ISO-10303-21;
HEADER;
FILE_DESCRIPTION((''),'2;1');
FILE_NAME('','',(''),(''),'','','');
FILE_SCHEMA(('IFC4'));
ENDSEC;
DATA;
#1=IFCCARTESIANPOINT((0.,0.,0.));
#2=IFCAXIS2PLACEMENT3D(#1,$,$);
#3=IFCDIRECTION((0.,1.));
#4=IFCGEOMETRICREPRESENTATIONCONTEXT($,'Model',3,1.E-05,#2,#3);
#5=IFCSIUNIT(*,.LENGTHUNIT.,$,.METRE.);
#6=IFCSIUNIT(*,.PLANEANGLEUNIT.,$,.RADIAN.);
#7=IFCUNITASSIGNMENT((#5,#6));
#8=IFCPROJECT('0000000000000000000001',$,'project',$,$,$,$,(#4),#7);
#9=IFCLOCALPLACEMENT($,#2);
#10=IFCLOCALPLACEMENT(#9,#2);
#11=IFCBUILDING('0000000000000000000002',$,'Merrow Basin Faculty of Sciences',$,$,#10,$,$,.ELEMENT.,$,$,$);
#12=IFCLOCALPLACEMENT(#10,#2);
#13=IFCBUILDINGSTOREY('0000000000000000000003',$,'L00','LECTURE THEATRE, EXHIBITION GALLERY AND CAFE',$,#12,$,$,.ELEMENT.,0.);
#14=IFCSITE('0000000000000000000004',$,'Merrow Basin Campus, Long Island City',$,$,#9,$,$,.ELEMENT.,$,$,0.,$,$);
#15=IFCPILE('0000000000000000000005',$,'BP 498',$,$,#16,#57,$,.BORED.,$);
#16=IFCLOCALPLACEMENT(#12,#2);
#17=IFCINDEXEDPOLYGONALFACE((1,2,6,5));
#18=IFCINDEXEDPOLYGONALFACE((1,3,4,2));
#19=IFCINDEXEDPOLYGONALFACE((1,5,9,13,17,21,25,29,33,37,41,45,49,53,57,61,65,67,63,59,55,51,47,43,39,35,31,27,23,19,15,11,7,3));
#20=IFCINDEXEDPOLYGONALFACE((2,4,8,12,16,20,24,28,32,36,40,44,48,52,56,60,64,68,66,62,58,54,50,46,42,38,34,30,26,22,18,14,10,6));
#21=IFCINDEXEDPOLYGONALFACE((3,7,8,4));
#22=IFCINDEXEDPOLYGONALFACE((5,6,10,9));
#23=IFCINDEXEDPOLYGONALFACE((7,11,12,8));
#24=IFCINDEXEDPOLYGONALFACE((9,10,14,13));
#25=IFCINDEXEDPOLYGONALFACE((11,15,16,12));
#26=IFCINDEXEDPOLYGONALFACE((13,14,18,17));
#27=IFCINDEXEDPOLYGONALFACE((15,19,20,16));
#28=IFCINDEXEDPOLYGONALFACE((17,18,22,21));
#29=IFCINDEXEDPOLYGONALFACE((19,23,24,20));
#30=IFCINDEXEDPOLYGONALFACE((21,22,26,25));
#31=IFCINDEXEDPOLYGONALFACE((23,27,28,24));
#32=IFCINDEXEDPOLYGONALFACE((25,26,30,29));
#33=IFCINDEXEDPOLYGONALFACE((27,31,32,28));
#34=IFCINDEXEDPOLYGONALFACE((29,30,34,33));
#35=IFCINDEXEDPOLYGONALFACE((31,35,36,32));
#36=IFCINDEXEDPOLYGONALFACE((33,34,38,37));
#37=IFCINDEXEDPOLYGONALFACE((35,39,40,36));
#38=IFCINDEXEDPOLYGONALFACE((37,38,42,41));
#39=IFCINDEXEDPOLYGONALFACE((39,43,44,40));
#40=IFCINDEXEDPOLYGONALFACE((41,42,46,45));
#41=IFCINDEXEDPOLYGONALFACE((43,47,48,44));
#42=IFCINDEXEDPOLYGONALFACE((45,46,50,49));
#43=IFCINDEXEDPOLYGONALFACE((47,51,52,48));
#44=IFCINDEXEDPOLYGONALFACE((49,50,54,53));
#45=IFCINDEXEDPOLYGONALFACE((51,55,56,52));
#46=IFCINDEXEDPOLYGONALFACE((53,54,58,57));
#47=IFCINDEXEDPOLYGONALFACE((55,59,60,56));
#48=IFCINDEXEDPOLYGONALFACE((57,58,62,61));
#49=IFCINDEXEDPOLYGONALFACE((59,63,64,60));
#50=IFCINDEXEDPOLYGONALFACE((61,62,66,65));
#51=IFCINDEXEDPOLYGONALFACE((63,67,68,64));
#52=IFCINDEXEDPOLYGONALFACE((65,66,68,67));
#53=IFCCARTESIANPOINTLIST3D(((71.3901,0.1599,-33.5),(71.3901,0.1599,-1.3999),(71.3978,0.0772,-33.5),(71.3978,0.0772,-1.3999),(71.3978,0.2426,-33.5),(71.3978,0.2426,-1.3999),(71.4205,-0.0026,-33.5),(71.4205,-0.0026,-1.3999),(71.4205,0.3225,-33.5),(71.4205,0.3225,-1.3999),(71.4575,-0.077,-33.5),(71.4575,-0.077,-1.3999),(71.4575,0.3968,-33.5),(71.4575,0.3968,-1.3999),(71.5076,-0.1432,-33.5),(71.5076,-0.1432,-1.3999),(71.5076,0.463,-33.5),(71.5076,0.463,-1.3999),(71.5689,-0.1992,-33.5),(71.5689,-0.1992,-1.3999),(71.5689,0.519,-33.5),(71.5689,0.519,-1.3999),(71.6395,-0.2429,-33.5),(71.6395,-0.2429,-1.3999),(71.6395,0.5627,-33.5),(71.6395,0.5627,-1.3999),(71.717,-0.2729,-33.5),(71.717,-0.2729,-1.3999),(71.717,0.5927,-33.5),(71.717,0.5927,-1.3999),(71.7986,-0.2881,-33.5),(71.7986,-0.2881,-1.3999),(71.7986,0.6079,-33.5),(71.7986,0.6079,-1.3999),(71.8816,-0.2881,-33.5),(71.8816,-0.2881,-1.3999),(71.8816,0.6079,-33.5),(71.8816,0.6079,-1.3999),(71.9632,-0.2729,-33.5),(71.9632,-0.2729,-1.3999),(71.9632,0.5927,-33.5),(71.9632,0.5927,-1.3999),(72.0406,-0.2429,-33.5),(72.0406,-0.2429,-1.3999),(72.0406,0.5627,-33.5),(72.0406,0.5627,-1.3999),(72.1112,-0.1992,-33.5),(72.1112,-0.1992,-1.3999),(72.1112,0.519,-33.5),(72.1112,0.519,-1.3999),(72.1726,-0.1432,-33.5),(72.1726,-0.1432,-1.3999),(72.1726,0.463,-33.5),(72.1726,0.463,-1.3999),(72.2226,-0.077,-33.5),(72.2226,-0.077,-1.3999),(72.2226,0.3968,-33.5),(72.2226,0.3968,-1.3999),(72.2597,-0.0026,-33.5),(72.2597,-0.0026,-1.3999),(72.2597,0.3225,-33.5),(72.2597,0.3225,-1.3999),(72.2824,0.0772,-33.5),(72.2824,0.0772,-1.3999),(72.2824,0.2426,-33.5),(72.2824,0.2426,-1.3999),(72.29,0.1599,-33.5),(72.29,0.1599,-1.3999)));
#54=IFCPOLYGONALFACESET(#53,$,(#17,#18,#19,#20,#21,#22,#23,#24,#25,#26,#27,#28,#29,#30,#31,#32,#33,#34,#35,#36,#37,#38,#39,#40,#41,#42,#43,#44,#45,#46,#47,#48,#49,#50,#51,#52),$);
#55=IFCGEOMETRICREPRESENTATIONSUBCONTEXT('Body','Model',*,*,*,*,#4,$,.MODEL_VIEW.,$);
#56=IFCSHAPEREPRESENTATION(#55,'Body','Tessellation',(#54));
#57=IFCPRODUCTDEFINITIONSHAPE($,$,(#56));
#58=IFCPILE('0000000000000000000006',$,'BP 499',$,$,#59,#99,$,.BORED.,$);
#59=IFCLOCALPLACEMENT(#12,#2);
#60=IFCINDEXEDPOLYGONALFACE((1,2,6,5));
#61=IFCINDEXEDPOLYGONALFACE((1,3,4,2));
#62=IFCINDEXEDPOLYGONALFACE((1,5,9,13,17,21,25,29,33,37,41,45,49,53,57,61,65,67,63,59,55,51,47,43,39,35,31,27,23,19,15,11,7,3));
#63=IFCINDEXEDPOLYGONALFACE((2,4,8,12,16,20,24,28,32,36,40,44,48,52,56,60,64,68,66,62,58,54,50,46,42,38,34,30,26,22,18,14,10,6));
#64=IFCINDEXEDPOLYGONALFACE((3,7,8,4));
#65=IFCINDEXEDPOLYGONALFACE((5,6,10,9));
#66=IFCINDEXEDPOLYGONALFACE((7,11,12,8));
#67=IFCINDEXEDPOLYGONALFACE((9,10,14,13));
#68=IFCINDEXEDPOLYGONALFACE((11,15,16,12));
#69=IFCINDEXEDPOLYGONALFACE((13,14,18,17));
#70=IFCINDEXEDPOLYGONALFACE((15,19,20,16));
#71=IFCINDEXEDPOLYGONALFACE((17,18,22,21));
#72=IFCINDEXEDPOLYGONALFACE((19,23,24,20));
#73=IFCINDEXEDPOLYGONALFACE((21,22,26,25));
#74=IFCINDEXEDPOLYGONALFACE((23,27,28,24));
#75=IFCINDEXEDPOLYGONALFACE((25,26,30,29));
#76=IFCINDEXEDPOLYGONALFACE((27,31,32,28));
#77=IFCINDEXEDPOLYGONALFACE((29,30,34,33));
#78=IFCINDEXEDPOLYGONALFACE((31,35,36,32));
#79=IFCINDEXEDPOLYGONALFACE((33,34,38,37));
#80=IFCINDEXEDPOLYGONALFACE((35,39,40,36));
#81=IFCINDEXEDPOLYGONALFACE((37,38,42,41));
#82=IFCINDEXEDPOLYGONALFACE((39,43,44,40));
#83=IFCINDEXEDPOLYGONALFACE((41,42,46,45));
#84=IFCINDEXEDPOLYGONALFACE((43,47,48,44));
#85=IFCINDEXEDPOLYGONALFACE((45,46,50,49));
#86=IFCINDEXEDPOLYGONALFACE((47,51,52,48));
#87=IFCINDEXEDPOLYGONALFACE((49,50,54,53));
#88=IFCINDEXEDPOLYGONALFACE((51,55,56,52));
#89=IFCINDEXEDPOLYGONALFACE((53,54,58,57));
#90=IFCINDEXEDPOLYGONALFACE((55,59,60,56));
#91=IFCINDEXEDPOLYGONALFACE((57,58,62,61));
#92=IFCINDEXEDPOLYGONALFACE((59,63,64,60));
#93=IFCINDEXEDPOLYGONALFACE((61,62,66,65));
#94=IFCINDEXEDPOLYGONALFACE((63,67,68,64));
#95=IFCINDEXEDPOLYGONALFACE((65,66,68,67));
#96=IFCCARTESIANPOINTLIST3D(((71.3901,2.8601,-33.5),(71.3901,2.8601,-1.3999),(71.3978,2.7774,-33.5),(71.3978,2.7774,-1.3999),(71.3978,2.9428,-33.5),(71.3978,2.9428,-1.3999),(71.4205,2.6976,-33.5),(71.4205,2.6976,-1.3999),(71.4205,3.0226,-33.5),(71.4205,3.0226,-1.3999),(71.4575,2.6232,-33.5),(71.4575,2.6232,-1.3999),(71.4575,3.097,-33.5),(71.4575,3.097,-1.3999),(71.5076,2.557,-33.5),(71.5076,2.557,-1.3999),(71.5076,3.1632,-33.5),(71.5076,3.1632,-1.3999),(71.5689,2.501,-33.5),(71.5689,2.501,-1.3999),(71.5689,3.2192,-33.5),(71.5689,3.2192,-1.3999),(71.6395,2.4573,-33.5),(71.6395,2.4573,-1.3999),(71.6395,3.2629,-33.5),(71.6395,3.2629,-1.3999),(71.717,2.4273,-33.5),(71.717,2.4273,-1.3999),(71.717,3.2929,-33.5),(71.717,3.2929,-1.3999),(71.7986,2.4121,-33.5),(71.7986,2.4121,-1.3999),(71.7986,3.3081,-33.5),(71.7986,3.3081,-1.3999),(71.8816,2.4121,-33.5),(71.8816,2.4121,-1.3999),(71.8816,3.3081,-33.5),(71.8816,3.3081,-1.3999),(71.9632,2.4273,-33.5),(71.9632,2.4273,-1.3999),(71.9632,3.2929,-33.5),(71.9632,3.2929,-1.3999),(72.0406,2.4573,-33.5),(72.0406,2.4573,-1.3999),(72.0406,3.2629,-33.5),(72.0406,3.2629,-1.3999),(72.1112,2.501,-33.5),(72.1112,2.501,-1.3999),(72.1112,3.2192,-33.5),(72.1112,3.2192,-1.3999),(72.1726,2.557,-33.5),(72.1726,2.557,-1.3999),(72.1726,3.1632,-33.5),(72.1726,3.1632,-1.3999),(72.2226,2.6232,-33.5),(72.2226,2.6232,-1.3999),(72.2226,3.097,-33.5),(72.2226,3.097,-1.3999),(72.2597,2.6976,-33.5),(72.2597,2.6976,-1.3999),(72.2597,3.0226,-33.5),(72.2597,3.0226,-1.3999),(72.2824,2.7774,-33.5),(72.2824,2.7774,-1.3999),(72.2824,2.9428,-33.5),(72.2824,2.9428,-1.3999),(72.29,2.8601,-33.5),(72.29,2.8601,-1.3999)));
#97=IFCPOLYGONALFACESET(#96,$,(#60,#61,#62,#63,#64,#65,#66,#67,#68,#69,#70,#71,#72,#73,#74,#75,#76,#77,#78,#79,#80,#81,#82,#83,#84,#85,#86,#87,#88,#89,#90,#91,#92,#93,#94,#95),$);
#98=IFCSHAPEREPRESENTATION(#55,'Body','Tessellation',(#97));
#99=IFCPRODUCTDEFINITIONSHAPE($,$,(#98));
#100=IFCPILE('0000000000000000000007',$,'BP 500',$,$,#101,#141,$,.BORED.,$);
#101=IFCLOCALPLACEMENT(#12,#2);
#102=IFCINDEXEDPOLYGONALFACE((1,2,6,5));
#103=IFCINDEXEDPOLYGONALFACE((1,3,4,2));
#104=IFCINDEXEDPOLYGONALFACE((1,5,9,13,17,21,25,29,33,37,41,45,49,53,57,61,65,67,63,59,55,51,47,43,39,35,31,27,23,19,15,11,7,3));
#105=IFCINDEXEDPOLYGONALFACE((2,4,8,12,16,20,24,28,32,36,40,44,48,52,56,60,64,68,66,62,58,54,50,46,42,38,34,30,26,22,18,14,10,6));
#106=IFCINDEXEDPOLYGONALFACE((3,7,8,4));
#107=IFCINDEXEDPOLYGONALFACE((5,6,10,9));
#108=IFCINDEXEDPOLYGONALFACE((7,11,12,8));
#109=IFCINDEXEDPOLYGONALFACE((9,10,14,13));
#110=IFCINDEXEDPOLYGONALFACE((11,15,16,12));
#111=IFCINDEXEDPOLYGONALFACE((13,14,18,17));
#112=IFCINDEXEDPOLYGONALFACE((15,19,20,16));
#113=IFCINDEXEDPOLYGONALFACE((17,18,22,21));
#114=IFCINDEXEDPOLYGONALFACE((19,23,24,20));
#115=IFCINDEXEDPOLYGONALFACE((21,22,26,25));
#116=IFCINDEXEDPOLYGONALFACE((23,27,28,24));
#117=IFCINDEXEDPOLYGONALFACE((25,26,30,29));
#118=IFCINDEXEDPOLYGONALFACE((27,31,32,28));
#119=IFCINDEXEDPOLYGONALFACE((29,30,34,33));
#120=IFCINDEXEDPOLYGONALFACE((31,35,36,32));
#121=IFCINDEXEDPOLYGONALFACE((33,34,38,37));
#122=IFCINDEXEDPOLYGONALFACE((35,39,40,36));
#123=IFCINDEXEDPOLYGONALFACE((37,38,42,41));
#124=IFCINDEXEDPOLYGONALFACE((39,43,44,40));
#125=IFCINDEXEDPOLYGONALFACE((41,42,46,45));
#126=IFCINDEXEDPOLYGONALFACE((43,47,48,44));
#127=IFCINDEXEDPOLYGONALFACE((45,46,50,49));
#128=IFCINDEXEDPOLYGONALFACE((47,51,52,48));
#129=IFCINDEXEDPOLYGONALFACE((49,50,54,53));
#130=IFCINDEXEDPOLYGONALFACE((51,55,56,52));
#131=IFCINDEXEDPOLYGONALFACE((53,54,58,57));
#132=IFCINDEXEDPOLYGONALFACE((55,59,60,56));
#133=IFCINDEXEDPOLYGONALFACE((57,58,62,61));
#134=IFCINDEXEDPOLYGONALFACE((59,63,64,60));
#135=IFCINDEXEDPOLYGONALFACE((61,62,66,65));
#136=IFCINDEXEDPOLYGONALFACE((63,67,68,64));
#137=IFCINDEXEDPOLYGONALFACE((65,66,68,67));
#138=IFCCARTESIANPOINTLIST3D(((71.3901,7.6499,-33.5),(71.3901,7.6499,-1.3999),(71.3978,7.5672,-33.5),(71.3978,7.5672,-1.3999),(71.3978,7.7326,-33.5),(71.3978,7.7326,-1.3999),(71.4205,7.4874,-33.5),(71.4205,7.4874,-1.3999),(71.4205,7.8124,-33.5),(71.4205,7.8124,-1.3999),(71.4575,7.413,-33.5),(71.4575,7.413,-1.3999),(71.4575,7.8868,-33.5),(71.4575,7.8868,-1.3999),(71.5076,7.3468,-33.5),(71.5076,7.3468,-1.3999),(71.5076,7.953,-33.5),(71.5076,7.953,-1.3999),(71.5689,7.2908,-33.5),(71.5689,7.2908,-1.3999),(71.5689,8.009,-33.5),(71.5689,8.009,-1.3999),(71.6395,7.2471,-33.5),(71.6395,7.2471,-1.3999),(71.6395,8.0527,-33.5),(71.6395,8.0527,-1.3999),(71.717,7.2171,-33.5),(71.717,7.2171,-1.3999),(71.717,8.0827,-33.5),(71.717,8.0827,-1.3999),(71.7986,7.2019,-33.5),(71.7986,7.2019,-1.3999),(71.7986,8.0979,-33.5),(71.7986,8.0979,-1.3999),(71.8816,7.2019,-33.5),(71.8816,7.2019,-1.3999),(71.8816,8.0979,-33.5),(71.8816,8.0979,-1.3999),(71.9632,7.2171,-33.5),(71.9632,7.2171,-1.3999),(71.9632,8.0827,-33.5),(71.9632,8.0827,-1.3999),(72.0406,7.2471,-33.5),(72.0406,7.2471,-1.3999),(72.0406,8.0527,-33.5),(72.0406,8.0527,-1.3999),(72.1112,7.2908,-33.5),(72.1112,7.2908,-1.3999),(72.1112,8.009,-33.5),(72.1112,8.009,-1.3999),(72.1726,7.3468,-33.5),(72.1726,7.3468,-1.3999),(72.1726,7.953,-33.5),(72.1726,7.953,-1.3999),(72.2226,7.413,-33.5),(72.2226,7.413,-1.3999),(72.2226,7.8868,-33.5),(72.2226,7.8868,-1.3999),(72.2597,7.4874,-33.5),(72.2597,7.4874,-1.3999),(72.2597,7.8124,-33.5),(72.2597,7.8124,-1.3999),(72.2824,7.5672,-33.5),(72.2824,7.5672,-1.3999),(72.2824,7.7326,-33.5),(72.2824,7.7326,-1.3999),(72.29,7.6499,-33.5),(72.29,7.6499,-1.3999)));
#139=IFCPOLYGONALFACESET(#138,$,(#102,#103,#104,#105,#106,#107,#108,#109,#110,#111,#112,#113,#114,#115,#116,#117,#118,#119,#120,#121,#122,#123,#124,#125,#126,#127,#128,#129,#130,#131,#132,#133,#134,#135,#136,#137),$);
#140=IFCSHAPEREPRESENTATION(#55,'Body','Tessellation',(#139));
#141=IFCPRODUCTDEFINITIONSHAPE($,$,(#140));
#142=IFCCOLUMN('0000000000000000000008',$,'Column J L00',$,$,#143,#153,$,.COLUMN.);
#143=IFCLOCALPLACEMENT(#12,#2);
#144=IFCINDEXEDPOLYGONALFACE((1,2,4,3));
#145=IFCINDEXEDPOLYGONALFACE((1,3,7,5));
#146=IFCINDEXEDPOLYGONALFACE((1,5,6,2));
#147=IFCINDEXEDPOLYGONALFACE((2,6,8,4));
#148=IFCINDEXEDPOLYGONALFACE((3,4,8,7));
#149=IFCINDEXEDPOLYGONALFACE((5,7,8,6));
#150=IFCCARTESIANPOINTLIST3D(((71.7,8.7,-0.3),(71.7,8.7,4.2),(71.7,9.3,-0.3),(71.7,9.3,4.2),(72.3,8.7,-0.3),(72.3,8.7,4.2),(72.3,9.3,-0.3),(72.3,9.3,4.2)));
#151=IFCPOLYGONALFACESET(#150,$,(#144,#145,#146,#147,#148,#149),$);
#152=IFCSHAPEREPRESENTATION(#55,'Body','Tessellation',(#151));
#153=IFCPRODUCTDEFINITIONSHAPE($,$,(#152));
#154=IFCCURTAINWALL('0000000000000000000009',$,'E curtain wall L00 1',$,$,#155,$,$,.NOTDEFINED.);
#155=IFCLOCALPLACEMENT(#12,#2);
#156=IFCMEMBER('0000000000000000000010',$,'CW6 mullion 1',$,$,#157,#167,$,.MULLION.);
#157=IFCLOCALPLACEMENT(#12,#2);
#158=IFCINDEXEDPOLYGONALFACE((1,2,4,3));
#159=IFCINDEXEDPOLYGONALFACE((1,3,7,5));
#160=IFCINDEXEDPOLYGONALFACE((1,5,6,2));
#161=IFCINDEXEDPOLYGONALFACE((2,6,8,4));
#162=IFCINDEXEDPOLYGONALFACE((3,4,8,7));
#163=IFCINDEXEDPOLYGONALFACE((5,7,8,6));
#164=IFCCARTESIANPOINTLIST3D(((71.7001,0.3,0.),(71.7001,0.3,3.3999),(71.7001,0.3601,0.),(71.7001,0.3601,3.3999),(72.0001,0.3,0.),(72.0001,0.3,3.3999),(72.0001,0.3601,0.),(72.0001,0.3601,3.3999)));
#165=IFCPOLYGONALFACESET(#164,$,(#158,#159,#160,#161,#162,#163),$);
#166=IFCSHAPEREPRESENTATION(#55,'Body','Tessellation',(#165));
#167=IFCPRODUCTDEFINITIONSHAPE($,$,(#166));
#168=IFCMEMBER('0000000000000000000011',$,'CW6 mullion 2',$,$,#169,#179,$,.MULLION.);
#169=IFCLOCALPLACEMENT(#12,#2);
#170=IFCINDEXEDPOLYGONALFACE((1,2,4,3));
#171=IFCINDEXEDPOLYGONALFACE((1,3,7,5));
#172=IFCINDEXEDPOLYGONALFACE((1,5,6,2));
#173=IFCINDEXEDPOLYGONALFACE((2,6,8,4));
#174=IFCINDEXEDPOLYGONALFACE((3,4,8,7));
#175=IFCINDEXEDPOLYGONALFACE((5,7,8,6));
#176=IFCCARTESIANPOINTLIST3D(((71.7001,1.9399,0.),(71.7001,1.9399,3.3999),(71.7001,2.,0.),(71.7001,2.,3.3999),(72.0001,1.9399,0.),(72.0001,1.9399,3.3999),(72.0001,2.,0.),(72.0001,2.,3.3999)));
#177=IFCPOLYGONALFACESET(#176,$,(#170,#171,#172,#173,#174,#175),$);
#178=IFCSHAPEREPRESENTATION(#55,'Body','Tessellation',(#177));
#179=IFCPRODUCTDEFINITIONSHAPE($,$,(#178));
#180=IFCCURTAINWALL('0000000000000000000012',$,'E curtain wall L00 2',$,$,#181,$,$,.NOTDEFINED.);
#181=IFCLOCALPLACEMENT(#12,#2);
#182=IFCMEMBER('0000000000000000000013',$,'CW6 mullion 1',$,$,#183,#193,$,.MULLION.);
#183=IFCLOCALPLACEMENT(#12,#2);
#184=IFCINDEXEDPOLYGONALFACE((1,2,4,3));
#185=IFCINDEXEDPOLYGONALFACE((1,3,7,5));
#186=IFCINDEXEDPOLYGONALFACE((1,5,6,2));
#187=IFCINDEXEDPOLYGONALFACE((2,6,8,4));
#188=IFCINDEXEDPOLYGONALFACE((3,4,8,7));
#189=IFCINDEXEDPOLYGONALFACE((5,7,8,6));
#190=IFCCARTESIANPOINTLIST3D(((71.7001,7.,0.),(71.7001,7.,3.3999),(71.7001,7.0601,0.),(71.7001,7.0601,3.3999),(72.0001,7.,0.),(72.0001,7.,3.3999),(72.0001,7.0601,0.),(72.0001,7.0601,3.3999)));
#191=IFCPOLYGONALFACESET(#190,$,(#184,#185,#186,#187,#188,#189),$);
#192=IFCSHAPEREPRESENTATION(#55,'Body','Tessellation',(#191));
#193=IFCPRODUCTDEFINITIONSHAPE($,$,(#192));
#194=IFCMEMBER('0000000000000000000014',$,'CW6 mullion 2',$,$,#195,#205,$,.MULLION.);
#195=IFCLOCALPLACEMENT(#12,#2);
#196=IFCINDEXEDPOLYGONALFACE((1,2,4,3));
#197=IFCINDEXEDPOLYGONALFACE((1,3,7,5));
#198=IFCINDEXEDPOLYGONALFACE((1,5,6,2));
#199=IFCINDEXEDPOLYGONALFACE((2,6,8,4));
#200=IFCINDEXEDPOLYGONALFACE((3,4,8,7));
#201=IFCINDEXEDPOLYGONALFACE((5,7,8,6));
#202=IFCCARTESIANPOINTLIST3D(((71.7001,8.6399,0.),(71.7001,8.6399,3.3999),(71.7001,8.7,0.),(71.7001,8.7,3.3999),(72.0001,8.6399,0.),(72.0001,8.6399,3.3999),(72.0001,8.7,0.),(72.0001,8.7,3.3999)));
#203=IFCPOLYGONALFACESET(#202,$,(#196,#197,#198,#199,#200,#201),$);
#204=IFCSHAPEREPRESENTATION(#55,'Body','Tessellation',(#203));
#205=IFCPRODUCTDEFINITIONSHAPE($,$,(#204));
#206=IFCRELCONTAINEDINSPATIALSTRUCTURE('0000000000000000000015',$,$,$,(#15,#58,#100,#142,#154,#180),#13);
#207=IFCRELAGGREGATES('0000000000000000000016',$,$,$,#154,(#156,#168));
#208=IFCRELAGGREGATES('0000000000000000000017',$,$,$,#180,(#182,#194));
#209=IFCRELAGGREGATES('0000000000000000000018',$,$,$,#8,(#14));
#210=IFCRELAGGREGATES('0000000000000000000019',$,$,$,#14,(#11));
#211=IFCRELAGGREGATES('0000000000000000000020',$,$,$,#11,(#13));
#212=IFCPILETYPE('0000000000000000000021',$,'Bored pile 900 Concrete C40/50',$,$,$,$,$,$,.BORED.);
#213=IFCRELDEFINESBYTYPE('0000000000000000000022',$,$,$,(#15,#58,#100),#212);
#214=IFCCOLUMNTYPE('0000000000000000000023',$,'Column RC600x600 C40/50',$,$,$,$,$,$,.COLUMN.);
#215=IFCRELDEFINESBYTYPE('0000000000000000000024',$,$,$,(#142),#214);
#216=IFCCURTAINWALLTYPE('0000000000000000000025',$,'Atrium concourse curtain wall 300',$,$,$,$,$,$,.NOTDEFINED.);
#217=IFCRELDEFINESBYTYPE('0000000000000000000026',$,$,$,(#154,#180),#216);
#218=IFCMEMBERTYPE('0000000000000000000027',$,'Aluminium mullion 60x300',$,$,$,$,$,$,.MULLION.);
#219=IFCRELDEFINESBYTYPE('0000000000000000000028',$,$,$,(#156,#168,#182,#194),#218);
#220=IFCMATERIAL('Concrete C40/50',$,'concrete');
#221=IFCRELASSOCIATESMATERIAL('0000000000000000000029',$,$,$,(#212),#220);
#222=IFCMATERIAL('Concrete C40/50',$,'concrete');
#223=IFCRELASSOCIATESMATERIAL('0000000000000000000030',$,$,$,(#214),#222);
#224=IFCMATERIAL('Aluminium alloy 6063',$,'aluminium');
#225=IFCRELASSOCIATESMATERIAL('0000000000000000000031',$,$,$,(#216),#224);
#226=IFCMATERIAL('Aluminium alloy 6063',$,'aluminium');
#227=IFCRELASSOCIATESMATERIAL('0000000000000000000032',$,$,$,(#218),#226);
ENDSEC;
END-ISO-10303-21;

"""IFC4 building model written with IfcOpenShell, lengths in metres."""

from ifc_helpers import new_model, si_unit, direction, frame, origin, origin_2d, place, context, subcontext, project, spatial, rectangle, circle, extrude, material, material_profile, profile_set, type_object, element, aggregate, save


model = new_model("IFC4")

# Units and contexts
model_context = context("Model", 3, precision=1e-05, world=origin(), true_north=direction((0.0, 1.0)))
body_context = subcontext(model_context, "Body", "Model", "MODEL_VIEW")
ifc_project = project(units=[si_unit("LENGTHUNIT", "METRE"), si_unit("PLANEANGLEUNIT", "RADIAN")], contexts=[model_context])

# Site, building, storey
site_placement = place(None, origin())
site = spatial("IfcSite", under=ifc_project, at=site_placement, Name="Merrow Basin Campus, Long Island City", CompositionType="ELEMENT", RefElevation=0.0)
building_placement = place(site_placement, origin())
building = spatial("IfcBuilding", under=site, at=building_placement, Name="Merrow Basin Faculty of Sciences", CompositionType="ELEMENT")
storey_placement = place(building_placement, origin())
storey = spatial("IfcBuildingStorey", under=building, at=storey_placement, Name="L00", Description="LECTURE THEATRE, EXHIBITION GALLERY AND CAFE", CompositionType="ELEMENT", Elevation=0.0)

# Piles
ifc_material_1 = material(Name="Concrete C40/50", Category="concrete")
ifc_material_profile_1 = material_profile(ifc_material_1, circle(Radius=0.45, at=origin_2d()))
ifc_profile_set_1 = profile_set([ifc_material_profile_1], Name="Concrete C40/50")
pile_type = type_object("IfcPileType", Name="Bored pile 900 Concrete C40/50", PredefinedType="BORED", material=ifc_profile_set_1)
for number, where, z_axis, x_axis, name in (
    (1, (71.8401, 0.1599, -1.3999), (0.0, 0.0, -1.0), (1.0, 0.0, 0.0), "BP 498"),
    (2, (71.8401, 2.8601, -1.3999), (0.0, 0.0, -1.0), (1.0, 0.0, 0.0), "BP 499"),
    (3, (71.8401, 7.6499, -1.3999), (0.0, 0.0, -1.0), (1.0, 0.0, 0.0), "BP 500"),
):
    element("IfcPile", number, at=place(storey_placement, frame(where, z_axis=z_axis, x_axis=x_axis)), inside=storey, type_object=pile_type, Name=name, PredefinedType="BORED", context=body_context, shape_type="SweptSolid", body=[
        extrude(circle(Radius=0.45, at=origin_2d()), origin(), (0.0, 0.0, 1.0), 32.1001),
    ])

# Column
ifc_material_2 = material(Name="Concrete C40/50", Category="concrete")
ifc_material_profile_2 = material_profile(ifc_material_2, rectangle(XDim=0.6001, YDim=0.6001, at=origin_2d()))
ifc_profile_set_2 = profile_set([ifc_material_profile_2], Name="Concrete C40/50")
column_type = type_object("IfcColumnType", Name="Column RC600x600 C40/50", PredefinedType="COLUMN", material=ifc_profile_set_2)
column_placement = place(storey_placement, frame((72.0, 9.0, -0.3), z_axis=(0.0, 0.0, 1.0), x_axis=(1.0, 0.0, 0.0)))
element("IfcColumn", 4, at=column_placement, inside=storey, type_object=column_type, Name="Column J L00", PredefinedType="COLUMN", context=body_context, shape_type="SweptSolid", body=[
    extrude(rectangle(XDim=0.6001, YDim=0.6001, at=origin_2d()), origin(), (0.0, 0.0, 1.0), 4.5),
])

# Curtain walls, members
ifc_material_3 = material(Name="Aluminium alloy 6063", Category="aluminium")
curtain_wall_type = type_object("IfcCurtainWallType", Name="Atrium concourse curtain wall 300", PredefinedType="NOTDEFINED", material=ifc_material_3)
curtain_wall_1_placement = place(storey_placement, origin())
curtain_wall_1 = element("IfcCurtainWall", 5, at=curtain_wall_1_placement, inside=storey, type_object=curtain_wall_type, Name="E curtain wall L00 1", PredefinedType="NOTDEFINED")
ifc_material_4 = material(Name="Aluminium alloy 6063", Category="aluminium")
ifc_material_profile_3 = material_profile(ifc_material_4, rectangle(XDim=0.3, YDim=0.0601, at=origin_2d()))
ifc_profile_set_3 = profile_set([ifc_material_profile_3], Name="Aluminium alloy 6063")
member_type_1 = type_object("IfcMemberType", Name="Aluminium mullion 60x300", PredefinedType="MULLION", material=ifc_profile_set_3)
member_1_placement = place(storey_placement, frame((71.8501, 0.3301, 0.0), z_axis=(0.0, 0.0, 1.0), x_axis=(-1.0, 0.0, 0.0)))
member_1 = element("IfcMember", 6, at=member_1_placement, type_object=member_type_1, Name="CW6 mullion 1", PredefinedType="MULLION", context=body_context, shape_type="SweptSolid", body=[
    extrude(rectangle(XDim=0.3, YDim=0.0601, at=origin_2d()), origin(), (0.0, 0.0, 1.0), 3.3999),
])
member_2_placement = place(storey_placement, frame((71.8501, 1.97, 0.0), z_axis=(0.0, 0.0, 1.0), x_axis=(-1.0, 0.0, 0.0)))
member_2 = element("IfcMember", 7, at=member_2_placement, type_object=member_type_1, Name="CW6 mullion 2", PredefinedType="MULLION", context=body_context, shape_type="SweptSolid", body=[
    extrude(rectangle(XDim=0.3, YDim=0.0601, at=origin_2d()), origin(), (0.0, 0.0, 1.0), 3.3999),
])
curtain_wall_2_placement = place(storey_placement, origin())
curtain_wall_2 = element("IfcCurtainWall", 8, at=curtain_wall_2_placement, inside=storey, type_object=curtain_wall_type, Name="E curtain wall L00 2", PredefinedType="NOTDEFINED")
member_3_placement = place(storey_placement, frame((71.8501, 7.03, 0.0), z_axis=(0.0, 0.0, 1.0), x_axis=(-1.0, 0.0, 0.0)))
member_3 = element("IfcMember", 9, at=member_3_placement, type_object=member_type_1, Name="CW6 mullion 1", PredefinedType="MULLION", context=body_context, shape_type="SweptSolid", body=[
    extrude(rectangle(XDim=0.3, YDim=0.0601, at=origin_2d()), origin(), (0.0, 0.0, 1.0), 3.3999),
])
member_4_placement = place(storey_placement, frame((71.8501, 8.6699, 0.0), z_axis=(0.0, 0.0, 1.0), x_axis=(-1.0, 0.0, 0.0)))
member_4 = element("IfcMember", 10, at=member_4_placement, type_object=member_type_1, Name="CW6 mullion 2", PredefinedType="MULLION", context=body_context, shape_type="SweptSolid", body=[
    extrude(rectangle(XDim=0.3, YDim=0.0601, at=origin_2d()), origin(), (0.0, 0.0, 1.0), 3.3999),
])

aggregate(curtain_wall_1, [member_1, member_2])
aggregate(curtain_wall_2, [member_3, member_4])

save(model, "model.ifc")
